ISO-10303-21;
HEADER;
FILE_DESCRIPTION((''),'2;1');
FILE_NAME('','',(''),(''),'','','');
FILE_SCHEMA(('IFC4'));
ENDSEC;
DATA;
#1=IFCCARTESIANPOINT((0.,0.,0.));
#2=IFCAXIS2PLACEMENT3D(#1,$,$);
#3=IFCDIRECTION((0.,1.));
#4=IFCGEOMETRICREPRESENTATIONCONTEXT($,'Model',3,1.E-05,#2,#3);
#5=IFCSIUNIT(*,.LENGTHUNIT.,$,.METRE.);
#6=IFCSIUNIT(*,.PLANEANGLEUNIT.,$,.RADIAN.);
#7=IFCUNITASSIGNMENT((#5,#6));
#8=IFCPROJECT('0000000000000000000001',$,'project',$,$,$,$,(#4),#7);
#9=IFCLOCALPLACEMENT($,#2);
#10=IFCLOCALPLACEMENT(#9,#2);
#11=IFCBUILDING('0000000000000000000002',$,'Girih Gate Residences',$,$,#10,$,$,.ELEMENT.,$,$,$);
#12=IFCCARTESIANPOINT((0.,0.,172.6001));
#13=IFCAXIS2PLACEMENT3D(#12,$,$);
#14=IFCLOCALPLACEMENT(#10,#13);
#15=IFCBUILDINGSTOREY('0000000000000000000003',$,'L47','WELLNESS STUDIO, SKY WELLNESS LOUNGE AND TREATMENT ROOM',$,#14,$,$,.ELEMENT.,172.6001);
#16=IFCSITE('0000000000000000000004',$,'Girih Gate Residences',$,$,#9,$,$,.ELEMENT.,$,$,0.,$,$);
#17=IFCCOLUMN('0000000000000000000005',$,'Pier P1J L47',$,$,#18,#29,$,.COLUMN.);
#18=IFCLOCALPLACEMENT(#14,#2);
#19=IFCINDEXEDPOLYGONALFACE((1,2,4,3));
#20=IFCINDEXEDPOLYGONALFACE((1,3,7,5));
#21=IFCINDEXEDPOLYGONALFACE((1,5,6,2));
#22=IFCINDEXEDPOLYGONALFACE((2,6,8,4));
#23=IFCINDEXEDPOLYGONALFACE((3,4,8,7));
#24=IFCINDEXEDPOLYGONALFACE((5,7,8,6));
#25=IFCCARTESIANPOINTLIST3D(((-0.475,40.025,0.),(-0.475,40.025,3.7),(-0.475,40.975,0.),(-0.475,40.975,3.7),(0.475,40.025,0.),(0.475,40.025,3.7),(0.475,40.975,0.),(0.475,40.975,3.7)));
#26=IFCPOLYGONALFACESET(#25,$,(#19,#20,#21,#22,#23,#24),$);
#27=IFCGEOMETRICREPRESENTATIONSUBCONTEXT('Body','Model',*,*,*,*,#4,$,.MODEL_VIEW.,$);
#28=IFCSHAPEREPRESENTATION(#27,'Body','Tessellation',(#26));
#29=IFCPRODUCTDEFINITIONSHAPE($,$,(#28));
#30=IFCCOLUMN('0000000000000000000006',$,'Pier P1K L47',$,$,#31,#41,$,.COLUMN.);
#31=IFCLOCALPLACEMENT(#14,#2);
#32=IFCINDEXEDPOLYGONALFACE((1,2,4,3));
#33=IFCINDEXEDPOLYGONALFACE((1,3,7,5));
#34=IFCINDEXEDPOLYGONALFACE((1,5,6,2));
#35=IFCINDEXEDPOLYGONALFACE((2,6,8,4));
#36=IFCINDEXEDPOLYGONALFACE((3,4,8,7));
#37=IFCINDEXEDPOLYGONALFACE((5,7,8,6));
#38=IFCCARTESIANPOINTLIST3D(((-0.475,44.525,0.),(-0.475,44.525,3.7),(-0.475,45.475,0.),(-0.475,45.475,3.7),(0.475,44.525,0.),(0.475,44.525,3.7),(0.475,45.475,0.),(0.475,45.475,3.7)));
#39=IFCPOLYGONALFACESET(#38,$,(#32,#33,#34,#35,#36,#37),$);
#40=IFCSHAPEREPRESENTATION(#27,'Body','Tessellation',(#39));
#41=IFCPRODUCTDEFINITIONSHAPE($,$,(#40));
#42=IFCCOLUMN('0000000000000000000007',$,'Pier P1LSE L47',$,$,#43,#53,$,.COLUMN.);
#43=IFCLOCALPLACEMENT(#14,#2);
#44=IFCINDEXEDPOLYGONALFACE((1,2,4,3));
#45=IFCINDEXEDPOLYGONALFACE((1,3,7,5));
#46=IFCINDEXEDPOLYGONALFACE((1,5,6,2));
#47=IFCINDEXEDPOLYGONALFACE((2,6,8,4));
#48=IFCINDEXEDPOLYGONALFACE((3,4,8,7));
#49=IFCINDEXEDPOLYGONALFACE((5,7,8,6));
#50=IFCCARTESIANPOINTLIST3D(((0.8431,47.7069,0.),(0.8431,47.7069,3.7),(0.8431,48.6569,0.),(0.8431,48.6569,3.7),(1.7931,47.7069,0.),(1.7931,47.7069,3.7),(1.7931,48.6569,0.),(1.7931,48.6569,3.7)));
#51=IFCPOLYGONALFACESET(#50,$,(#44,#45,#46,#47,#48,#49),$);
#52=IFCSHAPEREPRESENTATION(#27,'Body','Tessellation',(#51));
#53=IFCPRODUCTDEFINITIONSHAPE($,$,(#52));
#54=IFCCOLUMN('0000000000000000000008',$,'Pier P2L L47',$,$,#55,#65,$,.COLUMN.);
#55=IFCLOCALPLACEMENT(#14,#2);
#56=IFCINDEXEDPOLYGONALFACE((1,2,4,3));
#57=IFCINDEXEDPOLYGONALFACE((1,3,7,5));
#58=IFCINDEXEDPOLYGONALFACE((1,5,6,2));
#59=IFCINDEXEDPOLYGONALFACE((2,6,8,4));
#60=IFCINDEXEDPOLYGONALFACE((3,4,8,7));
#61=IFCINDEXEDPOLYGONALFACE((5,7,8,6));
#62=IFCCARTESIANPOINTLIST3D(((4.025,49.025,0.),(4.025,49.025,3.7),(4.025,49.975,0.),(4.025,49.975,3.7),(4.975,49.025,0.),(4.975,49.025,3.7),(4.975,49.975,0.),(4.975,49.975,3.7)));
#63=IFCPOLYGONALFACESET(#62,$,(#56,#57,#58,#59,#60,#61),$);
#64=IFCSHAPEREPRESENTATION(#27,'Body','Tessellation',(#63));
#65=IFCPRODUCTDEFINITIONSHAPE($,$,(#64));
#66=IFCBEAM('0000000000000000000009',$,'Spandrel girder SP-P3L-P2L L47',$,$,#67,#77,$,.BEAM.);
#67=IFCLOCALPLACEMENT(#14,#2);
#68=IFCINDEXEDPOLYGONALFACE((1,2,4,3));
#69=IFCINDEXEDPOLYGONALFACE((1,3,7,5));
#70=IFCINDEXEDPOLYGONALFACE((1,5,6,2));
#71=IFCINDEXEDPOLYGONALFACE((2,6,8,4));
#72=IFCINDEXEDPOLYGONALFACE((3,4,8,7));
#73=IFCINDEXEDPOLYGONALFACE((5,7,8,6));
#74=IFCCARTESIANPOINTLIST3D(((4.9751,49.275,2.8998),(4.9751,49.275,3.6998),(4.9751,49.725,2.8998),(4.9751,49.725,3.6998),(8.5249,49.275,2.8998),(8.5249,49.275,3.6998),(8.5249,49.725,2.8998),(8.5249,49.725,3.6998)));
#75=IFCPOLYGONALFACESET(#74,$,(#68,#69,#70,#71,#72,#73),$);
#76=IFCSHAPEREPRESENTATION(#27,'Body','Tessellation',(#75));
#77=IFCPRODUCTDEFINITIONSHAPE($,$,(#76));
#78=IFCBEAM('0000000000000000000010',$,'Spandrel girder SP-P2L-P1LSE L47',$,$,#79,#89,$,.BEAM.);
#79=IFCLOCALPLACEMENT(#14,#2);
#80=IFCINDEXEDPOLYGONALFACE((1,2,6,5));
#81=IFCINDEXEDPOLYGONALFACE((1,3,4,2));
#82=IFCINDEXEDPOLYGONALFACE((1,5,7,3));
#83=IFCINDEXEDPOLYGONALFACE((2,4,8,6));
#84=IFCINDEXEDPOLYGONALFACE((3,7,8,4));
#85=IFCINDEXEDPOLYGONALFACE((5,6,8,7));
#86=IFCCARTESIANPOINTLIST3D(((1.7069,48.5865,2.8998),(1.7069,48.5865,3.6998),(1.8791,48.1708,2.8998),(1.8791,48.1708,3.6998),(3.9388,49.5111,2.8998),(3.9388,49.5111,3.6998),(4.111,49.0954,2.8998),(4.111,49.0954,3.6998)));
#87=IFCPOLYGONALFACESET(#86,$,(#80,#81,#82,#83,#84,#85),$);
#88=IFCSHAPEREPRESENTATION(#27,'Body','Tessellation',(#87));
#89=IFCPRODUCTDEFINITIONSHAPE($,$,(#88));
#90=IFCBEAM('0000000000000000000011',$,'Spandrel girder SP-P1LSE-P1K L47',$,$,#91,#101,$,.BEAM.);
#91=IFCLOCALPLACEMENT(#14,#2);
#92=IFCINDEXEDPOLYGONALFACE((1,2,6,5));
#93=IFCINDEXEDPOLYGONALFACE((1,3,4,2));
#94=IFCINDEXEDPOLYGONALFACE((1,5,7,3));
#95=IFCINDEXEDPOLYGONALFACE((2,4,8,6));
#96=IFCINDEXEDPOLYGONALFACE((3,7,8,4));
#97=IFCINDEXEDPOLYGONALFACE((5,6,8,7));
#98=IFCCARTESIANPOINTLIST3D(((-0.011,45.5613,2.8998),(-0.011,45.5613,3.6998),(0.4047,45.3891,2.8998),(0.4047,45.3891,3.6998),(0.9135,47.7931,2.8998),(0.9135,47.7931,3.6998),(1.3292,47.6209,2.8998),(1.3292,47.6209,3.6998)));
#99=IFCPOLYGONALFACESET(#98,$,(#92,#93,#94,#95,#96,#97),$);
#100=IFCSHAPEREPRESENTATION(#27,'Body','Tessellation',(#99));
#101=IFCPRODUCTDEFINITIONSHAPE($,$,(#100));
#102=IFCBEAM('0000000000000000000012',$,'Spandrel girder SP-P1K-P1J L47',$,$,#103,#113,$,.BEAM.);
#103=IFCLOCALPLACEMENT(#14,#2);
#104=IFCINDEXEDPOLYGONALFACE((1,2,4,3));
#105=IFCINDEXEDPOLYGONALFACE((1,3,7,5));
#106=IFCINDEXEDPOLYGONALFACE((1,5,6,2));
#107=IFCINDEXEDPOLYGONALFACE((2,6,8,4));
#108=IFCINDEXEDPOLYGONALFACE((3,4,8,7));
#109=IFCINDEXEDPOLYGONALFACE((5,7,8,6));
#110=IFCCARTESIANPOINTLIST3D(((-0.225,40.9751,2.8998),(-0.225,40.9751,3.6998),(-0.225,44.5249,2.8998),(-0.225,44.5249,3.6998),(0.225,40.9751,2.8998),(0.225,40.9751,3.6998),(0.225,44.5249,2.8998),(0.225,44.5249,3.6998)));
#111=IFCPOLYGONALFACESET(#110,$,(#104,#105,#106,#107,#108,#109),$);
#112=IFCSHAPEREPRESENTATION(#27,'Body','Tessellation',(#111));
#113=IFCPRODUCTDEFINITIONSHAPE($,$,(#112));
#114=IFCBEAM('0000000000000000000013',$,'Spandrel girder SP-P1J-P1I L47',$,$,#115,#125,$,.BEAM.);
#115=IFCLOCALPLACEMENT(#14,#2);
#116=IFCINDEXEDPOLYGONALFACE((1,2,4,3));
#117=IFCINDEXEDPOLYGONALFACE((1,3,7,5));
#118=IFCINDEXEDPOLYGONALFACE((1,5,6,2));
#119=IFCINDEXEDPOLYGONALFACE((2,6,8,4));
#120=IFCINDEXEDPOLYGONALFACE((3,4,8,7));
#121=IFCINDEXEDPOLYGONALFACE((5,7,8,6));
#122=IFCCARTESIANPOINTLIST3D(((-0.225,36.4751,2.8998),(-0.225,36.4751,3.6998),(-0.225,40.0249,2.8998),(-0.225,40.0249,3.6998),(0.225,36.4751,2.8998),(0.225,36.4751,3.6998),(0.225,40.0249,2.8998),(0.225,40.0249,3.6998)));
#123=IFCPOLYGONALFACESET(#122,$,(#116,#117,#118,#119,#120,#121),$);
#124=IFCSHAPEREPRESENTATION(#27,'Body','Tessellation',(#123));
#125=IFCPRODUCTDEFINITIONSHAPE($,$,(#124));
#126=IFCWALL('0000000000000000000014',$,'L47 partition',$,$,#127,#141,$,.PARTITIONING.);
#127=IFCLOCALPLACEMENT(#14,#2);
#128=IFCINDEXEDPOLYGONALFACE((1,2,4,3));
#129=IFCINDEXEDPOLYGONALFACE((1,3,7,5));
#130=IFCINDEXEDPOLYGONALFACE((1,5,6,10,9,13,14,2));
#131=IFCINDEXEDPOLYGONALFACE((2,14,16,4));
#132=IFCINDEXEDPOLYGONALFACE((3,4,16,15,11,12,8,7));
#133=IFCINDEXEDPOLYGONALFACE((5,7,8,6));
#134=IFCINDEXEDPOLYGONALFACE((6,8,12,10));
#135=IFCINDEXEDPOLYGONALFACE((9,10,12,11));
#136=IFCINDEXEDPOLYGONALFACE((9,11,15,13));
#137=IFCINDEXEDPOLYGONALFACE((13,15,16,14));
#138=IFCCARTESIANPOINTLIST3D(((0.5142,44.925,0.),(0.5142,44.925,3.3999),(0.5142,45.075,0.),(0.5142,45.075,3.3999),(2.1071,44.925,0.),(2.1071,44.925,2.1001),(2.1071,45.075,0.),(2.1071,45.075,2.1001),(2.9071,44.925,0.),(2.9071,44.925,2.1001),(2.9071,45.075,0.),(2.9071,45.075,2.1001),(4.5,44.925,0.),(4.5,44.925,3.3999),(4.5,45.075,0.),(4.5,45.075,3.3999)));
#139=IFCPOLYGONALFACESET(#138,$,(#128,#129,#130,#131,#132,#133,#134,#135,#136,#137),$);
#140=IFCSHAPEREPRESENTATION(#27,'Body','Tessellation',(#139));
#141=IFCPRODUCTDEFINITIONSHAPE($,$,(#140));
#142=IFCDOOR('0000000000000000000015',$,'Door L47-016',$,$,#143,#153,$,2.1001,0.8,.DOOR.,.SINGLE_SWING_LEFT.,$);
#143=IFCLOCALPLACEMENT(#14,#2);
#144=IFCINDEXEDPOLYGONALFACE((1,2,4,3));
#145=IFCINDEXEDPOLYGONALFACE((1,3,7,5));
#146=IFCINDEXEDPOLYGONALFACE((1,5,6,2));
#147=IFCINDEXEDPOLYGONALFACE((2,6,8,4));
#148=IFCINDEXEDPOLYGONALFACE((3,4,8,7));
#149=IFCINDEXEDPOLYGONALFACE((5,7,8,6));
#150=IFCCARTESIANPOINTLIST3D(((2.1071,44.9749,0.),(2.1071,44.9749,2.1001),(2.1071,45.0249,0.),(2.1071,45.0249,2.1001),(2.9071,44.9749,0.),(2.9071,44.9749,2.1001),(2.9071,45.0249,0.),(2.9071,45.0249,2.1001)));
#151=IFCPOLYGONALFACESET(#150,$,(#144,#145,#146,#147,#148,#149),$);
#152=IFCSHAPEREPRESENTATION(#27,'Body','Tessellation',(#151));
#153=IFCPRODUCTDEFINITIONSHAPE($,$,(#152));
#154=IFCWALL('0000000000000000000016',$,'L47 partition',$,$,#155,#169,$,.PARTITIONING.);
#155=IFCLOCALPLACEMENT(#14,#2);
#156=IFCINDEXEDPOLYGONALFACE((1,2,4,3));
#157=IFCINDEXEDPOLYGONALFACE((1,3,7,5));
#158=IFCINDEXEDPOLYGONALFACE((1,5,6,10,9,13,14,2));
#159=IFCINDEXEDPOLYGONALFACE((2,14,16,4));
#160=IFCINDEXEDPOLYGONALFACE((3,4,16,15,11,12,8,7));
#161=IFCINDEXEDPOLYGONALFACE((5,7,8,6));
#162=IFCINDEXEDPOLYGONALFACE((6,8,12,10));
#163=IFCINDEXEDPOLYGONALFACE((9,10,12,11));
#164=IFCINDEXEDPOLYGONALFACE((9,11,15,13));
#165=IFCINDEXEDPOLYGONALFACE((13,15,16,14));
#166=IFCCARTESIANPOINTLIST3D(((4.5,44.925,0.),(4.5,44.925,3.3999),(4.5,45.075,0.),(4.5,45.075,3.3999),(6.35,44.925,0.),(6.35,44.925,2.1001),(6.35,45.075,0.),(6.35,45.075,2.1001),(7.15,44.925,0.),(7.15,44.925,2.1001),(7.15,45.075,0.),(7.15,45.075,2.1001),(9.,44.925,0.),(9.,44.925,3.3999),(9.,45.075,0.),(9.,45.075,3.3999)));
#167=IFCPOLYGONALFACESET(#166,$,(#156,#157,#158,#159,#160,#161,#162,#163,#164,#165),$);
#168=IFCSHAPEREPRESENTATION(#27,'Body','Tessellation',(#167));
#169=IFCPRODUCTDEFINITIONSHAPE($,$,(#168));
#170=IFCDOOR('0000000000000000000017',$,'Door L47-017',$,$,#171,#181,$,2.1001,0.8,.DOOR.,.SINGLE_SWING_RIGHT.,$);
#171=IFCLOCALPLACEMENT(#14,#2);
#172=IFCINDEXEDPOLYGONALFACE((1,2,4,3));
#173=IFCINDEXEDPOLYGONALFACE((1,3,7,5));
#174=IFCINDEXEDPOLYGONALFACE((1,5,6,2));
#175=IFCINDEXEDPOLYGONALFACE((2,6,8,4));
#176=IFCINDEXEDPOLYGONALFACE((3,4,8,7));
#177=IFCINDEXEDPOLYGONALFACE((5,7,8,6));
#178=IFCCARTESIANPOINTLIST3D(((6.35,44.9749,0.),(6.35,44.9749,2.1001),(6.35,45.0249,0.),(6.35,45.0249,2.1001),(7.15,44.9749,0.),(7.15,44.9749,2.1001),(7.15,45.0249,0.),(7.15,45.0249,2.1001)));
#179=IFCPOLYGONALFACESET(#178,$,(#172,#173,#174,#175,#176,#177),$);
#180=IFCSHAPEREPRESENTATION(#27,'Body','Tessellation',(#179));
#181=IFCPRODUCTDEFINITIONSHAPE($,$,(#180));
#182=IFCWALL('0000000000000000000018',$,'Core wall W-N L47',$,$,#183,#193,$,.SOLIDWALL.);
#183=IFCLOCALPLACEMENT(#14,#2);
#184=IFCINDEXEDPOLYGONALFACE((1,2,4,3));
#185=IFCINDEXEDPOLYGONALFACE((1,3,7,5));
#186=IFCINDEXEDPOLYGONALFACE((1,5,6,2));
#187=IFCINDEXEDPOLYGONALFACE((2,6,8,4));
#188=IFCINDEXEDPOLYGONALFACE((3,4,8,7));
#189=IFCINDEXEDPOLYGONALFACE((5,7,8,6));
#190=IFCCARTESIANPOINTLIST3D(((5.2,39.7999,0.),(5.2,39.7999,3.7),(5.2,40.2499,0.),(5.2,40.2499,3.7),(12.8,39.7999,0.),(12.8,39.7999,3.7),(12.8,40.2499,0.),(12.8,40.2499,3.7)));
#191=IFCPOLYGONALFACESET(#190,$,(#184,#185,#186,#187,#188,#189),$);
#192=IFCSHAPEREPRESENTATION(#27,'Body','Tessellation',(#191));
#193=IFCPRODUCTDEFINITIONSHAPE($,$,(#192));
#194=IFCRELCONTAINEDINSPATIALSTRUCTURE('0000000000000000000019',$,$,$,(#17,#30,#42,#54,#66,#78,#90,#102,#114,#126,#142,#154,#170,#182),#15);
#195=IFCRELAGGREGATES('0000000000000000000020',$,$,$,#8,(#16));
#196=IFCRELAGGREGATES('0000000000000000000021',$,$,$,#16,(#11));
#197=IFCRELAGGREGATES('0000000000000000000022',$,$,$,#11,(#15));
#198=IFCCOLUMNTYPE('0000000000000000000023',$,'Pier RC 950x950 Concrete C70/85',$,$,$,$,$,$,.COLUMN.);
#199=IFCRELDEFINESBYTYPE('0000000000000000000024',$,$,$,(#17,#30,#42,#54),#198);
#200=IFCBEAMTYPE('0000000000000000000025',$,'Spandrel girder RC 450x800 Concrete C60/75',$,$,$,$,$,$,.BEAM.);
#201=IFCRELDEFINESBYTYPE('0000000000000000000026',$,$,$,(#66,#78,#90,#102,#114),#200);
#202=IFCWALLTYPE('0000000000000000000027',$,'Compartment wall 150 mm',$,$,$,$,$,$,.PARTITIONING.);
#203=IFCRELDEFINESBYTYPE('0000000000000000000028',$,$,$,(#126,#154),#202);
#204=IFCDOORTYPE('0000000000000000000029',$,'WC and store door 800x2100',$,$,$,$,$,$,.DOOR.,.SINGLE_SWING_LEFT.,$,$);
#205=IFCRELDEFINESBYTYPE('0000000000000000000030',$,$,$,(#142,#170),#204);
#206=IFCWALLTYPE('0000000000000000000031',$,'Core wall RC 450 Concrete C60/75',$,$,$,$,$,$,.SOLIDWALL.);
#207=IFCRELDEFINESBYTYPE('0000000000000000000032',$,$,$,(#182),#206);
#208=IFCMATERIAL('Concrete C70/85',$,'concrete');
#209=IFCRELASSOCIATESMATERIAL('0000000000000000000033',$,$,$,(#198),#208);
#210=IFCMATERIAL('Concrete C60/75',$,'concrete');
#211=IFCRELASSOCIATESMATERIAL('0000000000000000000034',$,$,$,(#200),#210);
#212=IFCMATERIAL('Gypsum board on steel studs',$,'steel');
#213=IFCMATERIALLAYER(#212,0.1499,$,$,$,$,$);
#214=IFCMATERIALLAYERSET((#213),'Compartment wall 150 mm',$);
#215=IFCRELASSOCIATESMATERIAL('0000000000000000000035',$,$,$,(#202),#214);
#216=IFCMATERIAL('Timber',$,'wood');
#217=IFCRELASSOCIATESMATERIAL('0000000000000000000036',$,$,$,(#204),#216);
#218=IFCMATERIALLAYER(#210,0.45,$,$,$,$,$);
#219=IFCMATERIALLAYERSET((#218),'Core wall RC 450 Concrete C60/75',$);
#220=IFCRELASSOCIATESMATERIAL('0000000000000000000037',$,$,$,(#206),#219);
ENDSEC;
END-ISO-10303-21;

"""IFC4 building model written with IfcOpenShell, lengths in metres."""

from ifc_helpers import new_model, si_unit, direction, frame, frame_2d, origin, origin_2d, place, context, subcontext, project, spatial, rectangle, extrude, material, layer, layer_set, material_profile, profile_set, type_object, element, fill, save


model = new_model("IFC4")

# Units and contexts
model_context = context("Model", 3, precision=1e-05, world=origin(), true_north=direction((0.0, 1.0)))
body_context = subcontext(model_context, "Body", "Model", "MODEL_VIEW")
ifc_project = project(units=[si_unit("LENGTHUNIT", "METRE"), si_unit("PLANEANGLEUNIT", "RADIAN")], contexts=[model_context])

# Site, building, storey
site_placement = place(None, origin())
site = spatial("IfcSite", under=ifc_project, at=site_placement, Name="Girih Gate Residences", CompositionType="ELEMENT", RefElevation=0.0)
building_placement = place(site_placement, origin())
building = spatial("IfcBuilding", under=site, at=building_placement, Name="Girih Gate Residences", CompositionType="ELEMENT")
storey_placement = place(building_placement, frame((0.0, 0.0, 172.6001)))
storey = spatial("IfcBuildingStorey", under=building, at=storey_placement, Name="L47", Description="WELLNESS STUDIO, SKY WELLNESS LOUNGE AND TREATMENT ROOM", CompositionType="ELEMENT", Elevation=172.6001)

# Columns
ifc_material_1 = material(Name="Concrete C70/85", Category="concrete")
ifc_material_profile_1 = material_profile(ifc_material_1, rectangle(XDim=0.95, YDim=0.95, at=origin_2d()))
ifc_profile_set_1 = profile_set([ifc_material_profile_1], Name="Concrete C70/85")
column_type = type_object("IfcColumnType", Name="Pier RC 950x950 Concrete C70/85", PredefinedType="COLUMN", material=ifc_profile_set_1)
for number, where, z_axis, x_axis, name in (
    (1, (0.0, 40.5, 0.0), (0.0, 0.0, 1.0), (1.0, 0.0, 0.0), "Pier P1J L47"),
    (2, (0.0, 45.0, 0.0), (0.0, 0.0, 1.0), (1.0, 0.0, 0.0), "Pier P1K L47"),
    (3, (1.3181, 48.1819, 0.0), (0.0, 0.0, 1.0), (1.0, 0.0, 0.0), "Pier P1LSE L47"),
    (4, (4.5, 49.5, 0.0), (0.0, 0.0, 1.0), (1.0, 0.0, 0.0), "Pier P2L L47"),
):
    element("IfcColumn", number, at=place(storey_placement, frame(where, z_axis=z_axis, x_axis=x_axis)), inside=storey, type_object=column_type, Name=name, PredefinedType="COLUMN", context=body_context, shape_type="SweptSolid", body=[
        extrude(rectangle(XDim=0.95, YDim=0.95, at=origin_2d()), origin(), (0.0, 0.0, 1.0), 3.7),
    ])

# Beams
ifc_material_2 = material(Name="Concrete C60/75", Category="concrete")
ifc_material_profile_2 = material_profile(ifc_material_2, rectangle(XDim=0.45, YDim=0.8, at=origin_2d()))
ifc_profile_set_2 = profile_set([ifc_material_profile_2], Name="Concrete C60/75")
beam_type = type_object("IfcBeamType", Name="Spandrel girder RC 450x800 Concrete C60/75", PredefinedType="BEAM", material=ifc_profile_set_2)
beam_placement = place(storey_placement, frame((8.5249, 49.5, 3.2998), z_axis=(-1.0, 0.0, 0.0), x_axis=(0.0, -1.0, 0.0)))
element("IfcBeam", 5, at=beam_placement, inside=storey, type_object=beam_type, Name="Spandrel girder SP-P3L-P2L L47", PredefinedType="BEAM", context=body_context, shape_type="SweptSolid", body=[
    extrude(rectangle(XDim=0.45, YDim=0.8, at=origin_2d()), origin(), (0.0, 0.0, 1.0), 3.5498),
])
for number, where, z_axis, x_axis, name in (
    (6, (4.0249, 49.3032, 3.2998), (-0.92387, -0.382706, 0.0), (0.382706, -0.92387, 0.0), "Spandrel girder SP-P2L-P1LSE L47"),
    (7, (1.1213, 47.707, 3.2998), (-0.382706, -0.92387, 0.0), (0.92387, -0.382706, 0.0), "Spandrel girder SP-P1LSE-P1K L47"),
):
    element("IfcBeam", number, at=place(storey_placement, frame(where, z_axis=z_axis, x_axis=x_axis)), inside=storey, type_object=beam_type, Name=name, PredefinedType="BEAM", context=body_context, shape_type="SweptSolid", body=[
        extrude(rectangle(XDim=0.45, YDim=0.8, at=origin_2d()), origin(), (0.0, 0.0, 1.0), 2.4158),
    ])
for number, where, z_axis, x_axis, name in (
    (8, (0.0, 44.5249, 3.2998), (0.0, -1.0, 0.0), (1.0, 0.0, 0.0), "Spandrel girder SP-P1K-P1J L47"),
    (9, (0.0, 40.0249, 3.2998), (0.0, -1.0, 0.0), (1.0, 0.0, 0.0), "Spandrel girder SP-P1J-P1I L47"),
):
    element("IfcBeam", number, at=place(storey_placement, frame(where, z_axis=z_axis, x_axis=x_axis)), inside=storey, type_object=beam_type, Name=name, PredefinedType="BEAM", context=body_context, shape_type="SweptSolid", body=[
        extrude(rectangle(XDim=0.45, YDim=0.8, at=origin_2d()), origin(), (0.0, 0.0, 1.0), 3.5498),
    ])

# Walls, openings, doors
ifc_material_3 = material(Name="Gypsum board on steel studs", Category="steel")
ifc_layer_1 = layer(ifc_material_3, 0.1499)
ifc_layer_set_1 = layer_set([ifc_layer_1], Name="Compartment wall 150 mm")
wall_type_1 = type_object("IfcWallType", Name="Compartment wall 150 mm", PredefinedType="PARTITIONING", material=ifc_layer_set_1)
wall_1_placement = place(storey_placement, frame((0.5142, 45.0, 0.0), z_axis=(0.0, 0.0, 1.0), x_axis=(1.0, 0.0, 0.0)))
wall_1 = element("IfcWall", 10, at=wall_1_placement, inside=storey, type_object=wall_type_1, Name="L47 partition", PredefinedType="PARTITIONING", context=body_context, shape_type="SweptSolid", body=[
    extrude(rectangle(XDim=3.9858, YDim=0.1499, at=frame_2d((1.9929, 0.0))), origin(), (0.0, 0.0, 1.0), 3.3999),
])
opening_1_placement = place(wall_1_placement, frame((1.593, 0.0, 0.0)))
opening_1 = element("IfcOpeningElement", 11, at=opening_1_placement, cuts=wall_1, PredefinedType="OPENING", context=body_context, shape_type="SweptSolid", body=[
    extrude(rectangle(XDim=0.8, YDim=2.1001, at=frame_2d((0.3999, 1.05))), frame((0.0, 0.085, 0.0), z_axis=(0.0, -1.0, 0.0), x_axis=(1.0, 0.0, 0.0)), (0.0, 0.0, 1.0), 0.1699),
])
ifc_material_4 = material(Name="Timber", Category="wood")
door_type = type_object("IfcDoorType", Name="WC and store door 800x2100", OperationType="SINGLE_SWING_LEFT", PredefinedType="DOOR", material=ifc_material_4)
door_1_placement = place(opening_1_placement, origin())
door_1 = element("IfcDoor", 12, at=door_1_placement, inside=storey, type_object=door_type, Name="Door L47-016", OperationType="SINGLE_SWING_LEFT", OverallHeight=2.1001, OverallWidth=0.8, PredefinedType="DOOR", context=body_context, shape_type="SweptSolid", body=[
    extrude(rectangle(XDim=0.8, YDim=2.1001, at=frame_2d((0.3999, 1.05))), frame((0.0, 0.0249, 0.0), z_axis=(0.0, -1.0, 0.0), x_axis=(1.0, 0.0, 0.0)), (0.0, 0.0, 1.0), 0.05),
])
fill(opening_1, door_1)
wall_2_placement = place(storey_placement, frame((4.5, 45.0, 0.0), z_axis=(0.0, 0.0, 1.0), x_axis=(1.0, 0.0, 0.0)))
wall_2 = element("IfcWall", 13, at=wall_2_placement, inside=storey, type_object=wall_type_1, Name="L47 partition", PredefinedType="PARTITIONING", context=body_context, shape_type="SweptSolid", body=[
    extrude(rectangle(XDim=4.5, YDim=0.1499, at=frame_2d((2.25, 0.0))), origin(), (0.0, 0.0, 1.0), 3.3999),
])
opening_2_placement = place(wall_2_placement, frame((1.8501, 0.0, 0.0)))
opening_2 = element("IfcOpeningElement", 14, at=opening_2_placement, cuts=wall_2, PredefinedType="OPENING", context=body_context, shape_type="SweptSolid", body=[
    extrude(rectangle(XDim=0.8, YDim=2.1001, at=frame_2d((0.3999, 1.05))), frame((0.0, 0.085, 0.0), z_axis=(0.0, -1.0, 0.0), x_axis=(1.0, 0.0, 0.0)), (0.0, 0.0, 1.0), 0.1699),
])
door_2_placement = place(opening_2_placement, origin())
door_2 = element("IfcDoor", 15, at=door_2_placement, inside=storey, type_object=door_type, Name="Door L47-017", OperationType="SINGLE_SWING_RIGHT", OverallHeight=2.1001, OverallWidth=0.8, PredefinedType="DOOR", context=body_context, shape_type="SweptSolid", body=[
    extrude(rectangle(XDim=0.8, YDim=2.1001, at=frame_2d((0.3999, 1.05))), frame((0.0, 0.0249, 0.0), z_axis=(0.0, -1.0, 0.0), x_axis=(1.0, 0.0, 0.0)), (0.0, 0.0, 1.0), 0.05),
])
fill(opening_2, door_2)

# Wall
ifc_layer_2 = layer(ifc_material_2, 0.45)
ifc_layer_set_2 = layer_set([ifc_layer_2], Name="Core wall RC 450 Concrete C60/75")
wall_type_2 = type_object("IfcWallType", Name="Core wall RC 450 Concrete C60/75", PredefinedType="SOLIDWALL", material=ifc_layer_set_2)
wall_3_placement = place(storey_placement, frame((5.2, 40.0249, 0.0), z_axis=(0.0, 0.0, 1.0), x_axis=(1.0, 0.0, 0.0)))
element("IfcWall", 16, at=wall_3_placement, inside=storey, type_object=wall_type_2, Name="Core wall W-N L47", PredefinedType="SOLIDWALL", context=body_context, shape_type="SweptSolid", body=[
    extrude(rectangle(XDim=7.6001, YDim=0.45, at=frame_2d((3.8, 0.0))), origin(), (0.0, 0.0, 1.0), 3.7),
])

save(model, "model.ifc")
